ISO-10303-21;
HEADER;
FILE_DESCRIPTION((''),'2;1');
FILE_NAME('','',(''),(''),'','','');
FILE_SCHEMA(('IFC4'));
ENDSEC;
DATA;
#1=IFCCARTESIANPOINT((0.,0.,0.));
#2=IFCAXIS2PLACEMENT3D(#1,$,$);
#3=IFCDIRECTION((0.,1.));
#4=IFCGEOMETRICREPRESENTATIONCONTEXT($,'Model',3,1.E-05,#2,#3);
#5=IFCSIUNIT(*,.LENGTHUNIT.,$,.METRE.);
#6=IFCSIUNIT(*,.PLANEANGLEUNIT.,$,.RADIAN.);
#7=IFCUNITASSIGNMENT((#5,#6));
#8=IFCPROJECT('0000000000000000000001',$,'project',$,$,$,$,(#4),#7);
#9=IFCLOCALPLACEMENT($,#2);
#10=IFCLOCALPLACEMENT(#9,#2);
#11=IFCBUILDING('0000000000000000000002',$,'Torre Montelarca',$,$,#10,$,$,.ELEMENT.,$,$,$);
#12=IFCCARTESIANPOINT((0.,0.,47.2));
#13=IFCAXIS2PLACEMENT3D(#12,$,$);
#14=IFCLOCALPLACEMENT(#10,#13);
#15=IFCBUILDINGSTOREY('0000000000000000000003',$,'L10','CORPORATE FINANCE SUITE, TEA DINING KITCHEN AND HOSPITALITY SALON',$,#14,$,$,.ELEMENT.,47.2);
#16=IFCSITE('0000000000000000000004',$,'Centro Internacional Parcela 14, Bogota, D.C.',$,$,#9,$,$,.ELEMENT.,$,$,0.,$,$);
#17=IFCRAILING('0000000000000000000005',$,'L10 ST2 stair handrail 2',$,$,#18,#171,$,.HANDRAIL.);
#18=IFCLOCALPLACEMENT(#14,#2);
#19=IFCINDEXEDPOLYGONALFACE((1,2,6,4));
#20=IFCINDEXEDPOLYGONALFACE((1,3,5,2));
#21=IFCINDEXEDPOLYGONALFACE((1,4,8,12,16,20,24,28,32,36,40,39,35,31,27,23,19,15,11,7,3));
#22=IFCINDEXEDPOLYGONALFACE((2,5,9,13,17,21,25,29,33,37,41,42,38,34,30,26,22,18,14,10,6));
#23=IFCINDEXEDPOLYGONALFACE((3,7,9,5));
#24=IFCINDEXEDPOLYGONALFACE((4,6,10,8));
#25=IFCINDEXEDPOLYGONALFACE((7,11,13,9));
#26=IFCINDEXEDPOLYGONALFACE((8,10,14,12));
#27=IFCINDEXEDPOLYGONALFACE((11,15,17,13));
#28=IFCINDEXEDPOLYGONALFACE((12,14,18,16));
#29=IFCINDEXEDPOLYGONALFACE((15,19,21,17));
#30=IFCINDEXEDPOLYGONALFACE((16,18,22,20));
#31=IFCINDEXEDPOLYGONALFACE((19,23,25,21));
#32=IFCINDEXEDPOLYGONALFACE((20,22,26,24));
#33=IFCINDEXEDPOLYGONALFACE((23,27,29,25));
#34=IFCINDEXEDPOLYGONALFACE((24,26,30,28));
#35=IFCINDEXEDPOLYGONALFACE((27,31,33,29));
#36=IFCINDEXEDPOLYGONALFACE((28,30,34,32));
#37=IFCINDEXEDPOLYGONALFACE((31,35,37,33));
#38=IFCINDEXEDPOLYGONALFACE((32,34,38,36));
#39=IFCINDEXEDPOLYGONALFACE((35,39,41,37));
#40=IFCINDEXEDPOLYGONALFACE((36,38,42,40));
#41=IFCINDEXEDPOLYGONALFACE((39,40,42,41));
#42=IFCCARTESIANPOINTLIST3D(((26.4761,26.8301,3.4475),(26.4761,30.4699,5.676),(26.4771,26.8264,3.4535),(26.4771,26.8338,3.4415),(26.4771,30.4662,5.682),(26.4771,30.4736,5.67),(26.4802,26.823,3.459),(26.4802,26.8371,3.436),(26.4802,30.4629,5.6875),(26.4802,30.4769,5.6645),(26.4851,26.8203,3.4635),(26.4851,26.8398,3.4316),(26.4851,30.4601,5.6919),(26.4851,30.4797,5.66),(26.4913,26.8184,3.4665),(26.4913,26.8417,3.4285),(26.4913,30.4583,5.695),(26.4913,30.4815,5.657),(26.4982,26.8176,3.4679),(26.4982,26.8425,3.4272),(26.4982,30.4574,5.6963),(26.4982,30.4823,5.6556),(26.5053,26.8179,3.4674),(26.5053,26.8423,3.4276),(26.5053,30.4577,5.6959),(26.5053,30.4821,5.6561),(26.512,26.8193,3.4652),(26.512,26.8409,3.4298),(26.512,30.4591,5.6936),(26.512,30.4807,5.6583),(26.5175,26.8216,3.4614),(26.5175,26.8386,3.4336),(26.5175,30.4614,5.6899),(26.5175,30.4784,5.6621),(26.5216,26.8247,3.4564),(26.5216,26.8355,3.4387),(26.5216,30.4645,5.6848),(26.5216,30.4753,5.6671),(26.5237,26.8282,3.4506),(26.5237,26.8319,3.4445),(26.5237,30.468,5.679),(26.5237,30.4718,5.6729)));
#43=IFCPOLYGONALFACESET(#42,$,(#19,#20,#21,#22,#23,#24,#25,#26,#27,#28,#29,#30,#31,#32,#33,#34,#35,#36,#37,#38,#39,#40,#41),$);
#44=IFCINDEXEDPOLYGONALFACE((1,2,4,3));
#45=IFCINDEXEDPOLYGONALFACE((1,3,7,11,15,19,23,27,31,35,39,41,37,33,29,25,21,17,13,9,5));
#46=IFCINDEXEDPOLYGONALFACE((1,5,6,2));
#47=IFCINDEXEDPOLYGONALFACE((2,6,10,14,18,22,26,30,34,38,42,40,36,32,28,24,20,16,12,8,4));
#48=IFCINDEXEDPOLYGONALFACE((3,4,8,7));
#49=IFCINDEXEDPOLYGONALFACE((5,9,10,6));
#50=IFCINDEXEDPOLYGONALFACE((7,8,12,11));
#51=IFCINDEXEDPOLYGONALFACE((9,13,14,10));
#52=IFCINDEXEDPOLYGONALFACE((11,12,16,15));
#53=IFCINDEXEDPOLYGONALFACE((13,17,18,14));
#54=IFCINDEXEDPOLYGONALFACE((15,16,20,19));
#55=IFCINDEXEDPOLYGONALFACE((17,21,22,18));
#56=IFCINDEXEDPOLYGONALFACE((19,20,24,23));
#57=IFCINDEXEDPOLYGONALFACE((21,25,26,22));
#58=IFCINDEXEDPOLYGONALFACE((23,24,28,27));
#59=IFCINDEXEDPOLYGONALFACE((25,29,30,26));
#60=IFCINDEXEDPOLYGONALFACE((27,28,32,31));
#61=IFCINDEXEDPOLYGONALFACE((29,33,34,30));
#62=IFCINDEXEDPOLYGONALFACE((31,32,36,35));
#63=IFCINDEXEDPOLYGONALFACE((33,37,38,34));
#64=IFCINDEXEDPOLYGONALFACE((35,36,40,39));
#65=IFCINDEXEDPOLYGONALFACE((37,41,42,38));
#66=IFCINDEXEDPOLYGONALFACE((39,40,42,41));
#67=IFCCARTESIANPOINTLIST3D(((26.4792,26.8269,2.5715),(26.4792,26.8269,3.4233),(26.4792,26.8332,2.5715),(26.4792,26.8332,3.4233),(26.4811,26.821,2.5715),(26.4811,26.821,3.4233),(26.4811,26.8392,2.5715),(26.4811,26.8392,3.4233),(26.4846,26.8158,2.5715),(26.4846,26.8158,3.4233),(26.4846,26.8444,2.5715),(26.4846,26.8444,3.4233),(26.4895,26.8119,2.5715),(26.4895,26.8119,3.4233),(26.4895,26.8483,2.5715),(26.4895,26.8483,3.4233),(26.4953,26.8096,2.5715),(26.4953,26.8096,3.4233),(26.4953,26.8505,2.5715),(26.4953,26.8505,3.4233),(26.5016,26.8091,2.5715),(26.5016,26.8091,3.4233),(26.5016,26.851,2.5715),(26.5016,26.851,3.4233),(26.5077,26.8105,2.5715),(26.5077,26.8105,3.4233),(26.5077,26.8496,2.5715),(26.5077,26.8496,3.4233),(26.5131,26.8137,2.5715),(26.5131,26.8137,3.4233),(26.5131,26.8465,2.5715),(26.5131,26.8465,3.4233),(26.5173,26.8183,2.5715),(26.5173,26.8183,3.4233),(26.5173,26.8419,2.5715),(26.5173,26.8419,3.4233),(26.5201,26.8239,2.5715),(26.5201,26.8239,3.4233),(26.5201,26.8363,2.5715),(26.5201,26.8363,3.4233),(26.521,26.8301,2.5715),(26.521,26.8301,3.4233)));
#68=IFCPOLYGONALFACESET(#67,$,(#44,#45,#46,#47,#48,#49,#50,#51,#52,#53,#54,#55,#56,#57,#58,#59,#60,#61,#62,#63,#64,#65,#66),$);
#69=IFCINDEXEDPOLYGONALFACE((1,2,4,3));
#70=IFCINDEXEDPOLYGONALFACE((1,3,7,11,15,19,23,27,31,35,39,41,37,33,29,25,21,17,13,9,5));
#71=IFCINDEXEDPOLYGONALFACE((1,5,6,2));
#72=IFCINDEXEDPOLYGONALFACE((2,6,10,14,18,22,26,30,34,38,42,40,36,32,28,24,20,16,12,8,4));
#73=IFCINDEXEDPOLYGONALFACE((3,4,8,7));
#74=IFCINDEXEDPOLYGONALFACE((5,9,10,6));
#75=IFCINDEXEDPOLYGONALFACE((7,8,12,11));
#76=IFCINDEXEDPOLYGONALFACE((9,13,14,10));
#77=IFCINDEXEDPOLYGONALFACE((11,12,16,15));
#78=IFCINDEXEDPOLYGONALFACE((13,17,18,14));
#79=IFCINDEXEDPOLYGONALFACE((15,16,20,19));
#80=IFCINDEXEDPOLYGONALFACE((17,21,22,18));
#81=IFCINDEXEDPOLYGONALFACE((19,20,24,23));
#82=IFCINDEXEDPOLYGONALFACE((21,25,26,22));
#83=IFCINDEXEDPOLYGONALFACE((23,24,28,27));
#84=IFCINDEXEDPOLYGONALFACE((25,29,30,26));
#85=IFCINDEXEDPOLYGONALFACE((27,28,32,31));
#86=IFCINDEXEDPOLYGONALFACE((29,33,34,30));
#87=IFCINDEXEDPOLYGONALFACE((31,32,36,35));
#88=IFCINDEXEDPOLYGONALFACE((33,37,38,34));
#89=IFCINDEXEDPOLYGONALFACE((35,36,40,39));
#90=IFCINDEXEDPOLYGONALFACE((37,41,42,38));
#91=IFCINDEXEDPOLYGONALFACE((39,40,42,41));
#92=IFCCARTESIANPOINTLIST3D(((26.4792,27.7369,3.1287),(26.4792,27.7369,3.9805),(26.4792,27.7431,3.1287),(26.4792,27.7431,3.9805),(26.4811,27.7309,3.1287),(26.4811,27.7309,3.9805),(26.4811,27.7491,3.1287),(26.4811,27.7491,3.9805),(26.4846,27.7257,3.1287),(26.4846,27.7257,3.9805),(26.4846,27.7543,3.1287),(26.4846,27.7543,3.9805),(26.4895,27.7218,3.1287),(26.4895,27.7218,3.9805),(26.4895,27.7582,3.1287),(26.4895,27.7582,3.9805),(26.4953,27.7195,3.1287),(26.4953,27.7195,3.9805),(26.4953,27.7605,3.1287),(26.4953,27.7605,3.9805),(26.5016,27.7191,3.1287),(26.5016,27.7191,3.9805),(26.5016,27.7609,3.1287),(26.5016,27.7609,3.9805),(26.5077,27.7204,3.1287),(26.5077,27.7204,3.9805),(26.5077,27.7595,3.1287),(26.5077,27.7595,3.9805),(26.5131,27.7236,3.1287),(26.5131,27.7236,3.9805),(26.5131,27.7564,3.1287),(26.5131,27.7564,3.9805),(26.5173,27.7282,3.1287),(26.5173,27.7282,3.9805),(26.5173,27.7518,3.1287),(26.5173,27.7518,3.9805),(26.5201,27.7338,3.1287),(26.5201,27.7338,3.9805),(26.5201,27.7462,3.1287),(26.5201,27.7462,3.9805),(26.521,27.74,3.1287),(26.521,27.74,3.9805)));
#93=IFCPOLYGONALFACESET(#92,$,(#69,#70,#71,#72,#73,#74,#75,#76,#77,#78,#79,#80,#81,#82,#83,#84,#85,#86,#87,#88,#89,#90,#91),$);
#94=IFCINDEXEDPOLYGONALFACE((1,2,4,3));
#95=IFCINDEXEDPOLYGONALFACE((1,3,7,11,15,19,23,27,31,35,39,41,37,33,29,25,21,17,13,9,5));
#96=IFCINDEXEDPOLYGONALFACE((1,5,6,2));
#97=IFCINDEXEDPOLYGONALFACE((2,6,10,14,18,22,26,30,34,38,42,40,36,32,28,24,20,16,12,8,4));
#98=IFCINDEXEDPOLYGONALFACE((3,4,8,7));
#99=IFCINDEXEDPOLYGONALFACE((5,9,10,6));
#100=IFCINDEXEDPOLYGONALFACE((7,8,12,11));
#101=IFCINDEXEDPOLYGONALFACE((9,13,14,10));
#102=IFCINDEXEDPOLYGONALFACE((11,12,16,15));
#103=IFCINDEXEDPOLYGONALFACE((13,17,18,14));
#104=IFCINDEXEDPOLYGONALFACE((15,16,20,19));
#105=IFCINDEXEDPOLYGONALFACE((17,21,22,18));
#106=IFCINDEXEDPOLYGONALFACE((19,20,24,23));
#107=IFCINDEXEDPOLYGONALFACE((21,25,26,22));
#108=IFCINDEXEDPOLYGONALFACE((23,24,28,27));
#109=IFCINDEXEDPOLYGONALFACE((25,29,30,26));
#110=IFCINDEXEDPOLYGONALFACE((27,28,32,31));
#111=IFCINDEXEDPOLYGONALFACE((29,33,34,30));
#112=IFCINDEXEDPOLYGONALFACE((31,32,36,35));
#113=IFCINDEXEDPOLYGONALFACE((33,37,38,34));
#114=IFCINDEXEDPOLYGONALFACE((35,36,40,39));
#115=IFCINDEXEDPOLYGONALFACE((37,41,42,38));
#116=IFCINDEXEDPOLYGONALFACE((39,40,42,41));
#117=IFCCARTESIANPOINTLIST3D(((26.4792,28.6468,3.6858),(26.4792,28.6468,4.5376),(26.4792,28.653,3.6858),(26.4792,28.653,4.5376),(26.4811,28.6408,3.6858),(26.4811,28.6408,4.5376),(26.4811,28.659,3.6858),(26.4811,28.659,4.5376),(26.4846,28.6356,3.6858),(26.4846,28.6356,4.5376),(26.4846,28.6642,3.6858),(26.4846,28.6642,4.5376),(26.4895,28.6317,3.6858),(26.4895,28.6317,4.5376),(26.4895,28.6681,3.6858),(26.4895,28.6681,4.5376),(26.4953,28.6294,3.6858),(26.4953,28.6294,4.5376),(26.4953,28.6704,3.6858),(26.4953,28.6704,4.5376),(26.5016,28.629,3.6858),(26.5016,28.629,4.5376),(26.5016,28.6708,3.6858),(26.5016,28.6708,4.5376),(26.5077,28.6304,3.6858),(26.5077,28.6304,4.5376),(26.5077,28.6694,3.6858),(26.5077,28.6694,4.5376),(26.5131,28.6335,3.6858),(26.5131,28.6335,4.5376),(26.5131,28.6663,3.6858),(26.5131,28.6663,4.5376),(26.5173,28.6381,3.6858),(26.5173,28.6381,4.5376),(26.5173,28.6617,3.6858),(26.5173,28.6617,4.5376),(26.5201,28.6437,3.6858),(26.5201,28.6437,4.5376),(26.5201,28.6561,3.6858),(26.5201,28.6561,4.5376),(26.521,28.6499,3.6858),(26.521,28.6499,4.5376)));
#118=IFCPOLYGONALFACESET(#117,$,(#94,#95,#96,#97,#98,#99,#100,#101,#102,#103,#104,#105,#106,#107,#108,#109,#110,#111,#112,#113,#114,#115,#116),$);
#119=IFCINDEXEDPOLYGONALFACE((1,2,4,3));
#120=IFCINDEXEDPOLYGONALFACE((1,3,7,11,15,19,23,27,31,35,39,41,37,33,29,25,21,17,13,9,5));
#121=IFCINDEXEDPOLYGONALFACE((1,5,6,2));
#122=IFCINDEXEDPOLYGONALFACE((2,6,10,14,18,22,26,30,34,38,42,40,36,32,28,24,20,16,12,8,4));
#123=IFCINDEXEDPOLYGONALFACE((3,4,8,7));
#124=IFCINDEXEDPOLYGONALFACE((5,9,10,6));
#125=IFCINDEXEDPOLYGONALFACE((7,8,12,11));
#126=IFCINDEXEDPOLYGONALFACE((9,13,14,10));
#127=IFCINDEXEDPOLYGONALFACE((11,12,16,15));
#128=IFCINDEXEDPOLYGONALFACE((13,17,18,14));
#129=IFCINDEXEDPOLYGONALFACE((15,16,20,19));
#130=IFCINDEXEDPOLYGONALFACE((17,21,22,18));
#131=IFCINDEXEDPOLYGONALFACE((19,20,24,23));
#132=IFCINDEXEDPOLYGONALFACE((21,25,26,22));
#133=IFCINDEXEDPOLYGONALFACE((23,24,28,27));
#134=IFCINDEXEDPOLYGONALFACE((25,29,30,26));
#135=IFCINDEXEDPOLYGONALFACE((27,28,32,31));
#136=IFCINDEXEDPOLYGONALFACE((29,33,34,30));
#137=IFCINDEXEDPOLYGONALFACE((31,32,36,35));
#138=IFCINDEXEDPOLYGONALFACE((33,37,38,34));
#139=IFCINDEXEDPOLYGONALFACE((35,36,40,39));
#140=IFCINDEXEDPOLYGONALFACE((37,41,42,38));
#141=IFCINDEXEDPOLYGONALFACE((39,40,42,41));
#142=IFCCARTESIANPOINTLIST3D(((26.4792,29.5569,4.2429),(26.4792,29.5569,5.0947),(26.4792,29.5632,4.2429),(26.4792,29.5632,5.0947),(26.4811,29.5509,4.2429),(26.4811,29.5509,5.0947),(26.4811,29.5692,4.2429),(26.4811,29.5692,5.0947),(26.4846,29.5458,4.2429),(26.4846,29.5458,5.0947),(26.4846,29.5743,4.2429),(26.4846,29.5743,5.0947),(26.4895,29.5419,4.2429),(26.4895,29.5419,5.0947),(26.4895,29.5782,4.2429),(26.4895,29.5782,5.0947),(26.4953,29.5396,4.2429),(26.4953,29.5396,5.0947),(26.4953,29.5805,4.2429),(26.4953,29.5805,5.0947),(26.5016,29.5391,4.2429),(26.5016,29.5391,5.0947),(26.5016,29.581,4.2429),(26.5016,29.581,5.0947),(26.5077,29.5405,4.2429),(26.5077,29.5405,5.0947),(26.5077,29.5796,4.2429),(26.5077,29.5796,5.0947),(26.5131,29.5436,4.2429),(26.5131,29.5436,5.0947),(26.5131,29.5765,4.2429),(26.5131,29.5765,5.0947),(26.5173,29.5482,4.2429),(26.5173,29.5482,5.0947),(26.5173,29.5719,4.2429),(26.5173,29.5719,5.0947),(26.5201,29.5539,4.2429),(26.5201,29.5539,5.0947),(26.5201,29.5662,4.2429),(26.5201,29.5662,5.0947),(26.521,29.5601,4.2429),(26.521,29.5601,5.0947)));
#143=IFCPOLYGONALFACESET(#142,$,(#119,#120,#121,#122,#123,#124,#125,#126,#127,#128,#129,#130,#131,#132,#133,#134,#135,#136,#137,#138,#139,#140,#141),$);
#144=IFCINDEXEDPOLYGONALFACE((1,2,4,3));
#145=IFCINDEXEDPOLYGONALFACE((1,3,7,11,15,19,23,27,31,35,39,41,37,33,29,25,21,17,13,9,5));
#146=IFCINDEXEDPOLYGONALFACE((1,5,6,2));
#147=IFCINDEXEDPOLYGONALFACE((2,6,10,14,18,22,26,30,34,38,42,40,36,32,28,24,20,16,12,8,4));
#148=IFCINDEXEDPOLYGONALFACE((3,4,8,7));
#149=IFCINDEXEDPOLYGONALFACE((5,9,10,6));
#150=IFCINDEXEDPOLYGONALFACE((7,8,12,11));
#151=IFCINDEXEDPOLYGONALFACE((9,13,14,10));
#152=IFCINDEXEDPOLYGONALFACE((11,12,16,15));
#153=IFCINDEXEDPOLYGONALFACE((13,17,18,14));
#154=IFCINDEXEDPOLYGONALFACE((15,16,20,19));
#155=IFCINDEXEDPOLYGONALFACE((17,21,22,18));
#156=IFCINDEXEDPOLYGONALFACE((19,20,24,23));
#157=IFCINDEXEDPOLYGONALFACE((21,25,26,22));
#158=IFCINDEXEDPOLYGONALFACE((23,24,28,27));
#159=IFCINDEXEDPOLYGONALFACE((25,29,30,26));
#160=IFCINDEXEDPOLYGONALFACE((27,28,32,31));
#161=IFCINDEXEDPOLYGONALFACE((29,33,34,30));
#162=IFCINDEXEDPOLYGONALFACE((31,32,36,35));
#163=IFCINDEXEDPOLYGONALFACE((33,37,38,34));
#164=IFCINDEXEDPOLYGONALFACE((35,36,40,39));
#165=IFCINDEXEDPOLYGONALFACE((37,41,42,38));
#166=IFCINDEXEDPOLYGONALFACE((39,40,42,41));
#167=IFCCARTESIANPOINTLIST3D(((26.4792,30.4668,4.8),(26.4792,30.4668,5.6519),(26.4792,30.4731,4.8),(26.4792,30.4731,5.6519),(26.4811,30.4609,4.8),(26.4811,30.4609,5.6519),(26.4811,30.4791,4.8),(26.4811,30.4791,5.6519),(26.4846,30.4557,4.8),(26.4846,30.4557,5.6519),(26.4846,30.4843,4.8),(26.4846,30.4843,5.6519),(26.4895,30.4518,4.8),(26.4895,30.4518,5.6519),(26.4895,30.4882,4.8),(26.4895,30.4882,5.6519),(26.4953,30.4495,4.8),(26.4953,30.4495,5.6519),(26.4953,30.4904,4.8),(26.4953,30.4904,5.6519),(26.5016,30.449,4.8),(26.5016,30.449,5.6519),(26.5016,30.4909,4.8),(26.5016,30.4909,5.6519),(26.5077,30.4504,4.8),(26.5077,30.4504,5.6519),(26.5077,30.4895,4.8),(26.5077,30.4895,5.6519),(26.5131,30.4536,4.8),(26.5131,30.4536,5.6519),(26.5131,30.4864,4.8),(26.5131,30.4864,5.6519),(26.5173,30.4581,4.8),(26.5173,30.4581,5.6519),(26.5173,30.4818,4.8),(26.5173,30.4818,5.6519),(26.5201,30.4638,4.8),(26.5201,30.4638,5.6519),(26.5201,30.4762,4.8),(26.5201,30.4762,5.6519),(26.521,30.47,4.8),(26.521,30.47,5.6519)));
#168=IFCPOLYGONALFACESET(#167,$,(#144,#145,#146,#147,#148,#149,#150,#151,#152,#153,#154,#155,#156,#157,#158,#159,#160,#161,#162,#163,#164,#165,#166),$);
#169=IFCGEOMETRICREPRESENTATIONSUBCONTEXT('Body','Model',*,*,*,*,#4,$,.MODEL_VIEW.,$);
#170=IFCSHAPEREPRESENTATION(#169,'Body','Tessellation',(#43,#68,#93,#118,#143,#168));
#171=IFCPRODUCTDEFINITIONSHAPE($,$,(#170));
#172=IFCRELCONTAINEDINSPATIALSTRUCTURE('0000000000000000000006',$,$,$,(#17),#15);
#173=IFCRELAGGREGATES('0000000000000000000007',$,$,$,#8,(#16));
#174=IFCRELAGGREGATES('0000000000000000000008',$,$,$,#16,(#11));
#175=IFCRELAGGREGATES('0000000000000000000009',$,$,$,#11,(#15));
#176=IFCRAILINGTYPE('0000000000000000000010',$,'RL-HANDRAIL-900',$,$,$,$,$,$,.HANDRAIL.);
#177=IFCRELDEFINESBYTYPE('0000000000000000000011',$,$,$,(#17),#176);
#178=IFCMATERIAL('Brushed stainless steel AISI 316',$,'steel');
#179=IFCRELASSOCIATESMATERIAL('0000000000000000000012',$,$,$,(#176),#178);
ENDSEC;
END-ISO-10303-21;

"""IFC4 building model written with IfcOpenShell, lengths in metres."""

from ifc_helpers import new_model, si_unit, direction, frame, origin, origin_2d, place, context, subcontext, project, spatial, circle, extrude, material, type_object, element, save


model = new_model("IFC4")

# Units and contexts
model_context = context("Model", 3, precision=1e-05, world=origin(), true_north=direction((0.0, 1.0)))
body_context = subcontext(model_context, "Body", "Model", "MODEL_VIEW")
ifc_project = project(units=[si_unit("LENGTHUNIT", "METRE"), si_unit("PLANEANGLEUNIT", "RADIAN")], contexts=[model_context])

# Site, building, storey
site_placement = place(None, origin())
site = spatial("IfcSite", under=ifc_project, at=site_placement, Name="Centro Internacional Parcela 14, Bogota, D.C.", CompositionType="ELEMENT", RefElevation=0.0)
building_placement = place(site_placement, origin())
building = spatial("IfcBuilding", under=site, at=building_placement, Name="Torre Montelarca", CompositionType="ELEMENT")
storey_placement = place(building_placement, frame((0.0, 0.0, 47.2)))
storey = spatial("IfcBuildingStorey", under=building, at=storey_placement, Name="L10", Description="CORPORATE FINANCE SUITE, TEA DINING KITCHEN AND HOSPITALITY SALON", CompositionType="ELEMENT", Elevation=47.2)

# Railing
ifc_material_1 = material(Name="Brushed stainless steel AISI 316", Category="steel")
railing_type_1 = type_object("IfcRailingType", Name="RL-HANDRAIL-900", PredefinedType="HANDRAIL", material=ifc_material_1)
railing_1_placement = place(storey_placement, frame((26.5, 26.8301, 2.5715)))
element("IfcRailing", 1, at=railing_1_placement, inside=storey, type_object=railing_type_1, Name="L10 ST2 stair handrail 2", PredefinedType="HANDRAIL", context=body_context, shape_type="SweptSolid", body=[
    extrude(circle(Radius=0.0239, at=origin_2d()), frame((0.0, 0.0, 0.876), z_axis=(0.0, 0.85285, 0.522156), x_axis=(-1.0, 0.0, 0.0)), (0.0, 0.0, 1.0), 4.2678),
    extrude(circle(Radius=0.021, at=origin_2d()), origin(), (0.0, 0.0, 1.0), 0.8518),
    extrude(circle(Radius=0.021, at=origin_2d()), frame((0.0, 0.9099, 0.5571)), (0.0, 0.0, 1.0), 0.8518),
    extrude(circle(Radius=0.021, at=origin_2d()), frame((0.0, 1.8198, 1.1143)), (0.0, 0.0, 1.0), 0.8518),
    extrude(circle(Radius=0.021, at=origin_2d()), frame((0.0, 2.73, 1.6714)), (0.0, 0.0, 1.0), 0.8518),
    extrude(circle(Radius=0.021, at=origin_2d()), frame((0.0, 3.6399, 2.2285)), (0.0, 0.0, 1.0), 0.8518),
])

save(model, "model.ifc")
